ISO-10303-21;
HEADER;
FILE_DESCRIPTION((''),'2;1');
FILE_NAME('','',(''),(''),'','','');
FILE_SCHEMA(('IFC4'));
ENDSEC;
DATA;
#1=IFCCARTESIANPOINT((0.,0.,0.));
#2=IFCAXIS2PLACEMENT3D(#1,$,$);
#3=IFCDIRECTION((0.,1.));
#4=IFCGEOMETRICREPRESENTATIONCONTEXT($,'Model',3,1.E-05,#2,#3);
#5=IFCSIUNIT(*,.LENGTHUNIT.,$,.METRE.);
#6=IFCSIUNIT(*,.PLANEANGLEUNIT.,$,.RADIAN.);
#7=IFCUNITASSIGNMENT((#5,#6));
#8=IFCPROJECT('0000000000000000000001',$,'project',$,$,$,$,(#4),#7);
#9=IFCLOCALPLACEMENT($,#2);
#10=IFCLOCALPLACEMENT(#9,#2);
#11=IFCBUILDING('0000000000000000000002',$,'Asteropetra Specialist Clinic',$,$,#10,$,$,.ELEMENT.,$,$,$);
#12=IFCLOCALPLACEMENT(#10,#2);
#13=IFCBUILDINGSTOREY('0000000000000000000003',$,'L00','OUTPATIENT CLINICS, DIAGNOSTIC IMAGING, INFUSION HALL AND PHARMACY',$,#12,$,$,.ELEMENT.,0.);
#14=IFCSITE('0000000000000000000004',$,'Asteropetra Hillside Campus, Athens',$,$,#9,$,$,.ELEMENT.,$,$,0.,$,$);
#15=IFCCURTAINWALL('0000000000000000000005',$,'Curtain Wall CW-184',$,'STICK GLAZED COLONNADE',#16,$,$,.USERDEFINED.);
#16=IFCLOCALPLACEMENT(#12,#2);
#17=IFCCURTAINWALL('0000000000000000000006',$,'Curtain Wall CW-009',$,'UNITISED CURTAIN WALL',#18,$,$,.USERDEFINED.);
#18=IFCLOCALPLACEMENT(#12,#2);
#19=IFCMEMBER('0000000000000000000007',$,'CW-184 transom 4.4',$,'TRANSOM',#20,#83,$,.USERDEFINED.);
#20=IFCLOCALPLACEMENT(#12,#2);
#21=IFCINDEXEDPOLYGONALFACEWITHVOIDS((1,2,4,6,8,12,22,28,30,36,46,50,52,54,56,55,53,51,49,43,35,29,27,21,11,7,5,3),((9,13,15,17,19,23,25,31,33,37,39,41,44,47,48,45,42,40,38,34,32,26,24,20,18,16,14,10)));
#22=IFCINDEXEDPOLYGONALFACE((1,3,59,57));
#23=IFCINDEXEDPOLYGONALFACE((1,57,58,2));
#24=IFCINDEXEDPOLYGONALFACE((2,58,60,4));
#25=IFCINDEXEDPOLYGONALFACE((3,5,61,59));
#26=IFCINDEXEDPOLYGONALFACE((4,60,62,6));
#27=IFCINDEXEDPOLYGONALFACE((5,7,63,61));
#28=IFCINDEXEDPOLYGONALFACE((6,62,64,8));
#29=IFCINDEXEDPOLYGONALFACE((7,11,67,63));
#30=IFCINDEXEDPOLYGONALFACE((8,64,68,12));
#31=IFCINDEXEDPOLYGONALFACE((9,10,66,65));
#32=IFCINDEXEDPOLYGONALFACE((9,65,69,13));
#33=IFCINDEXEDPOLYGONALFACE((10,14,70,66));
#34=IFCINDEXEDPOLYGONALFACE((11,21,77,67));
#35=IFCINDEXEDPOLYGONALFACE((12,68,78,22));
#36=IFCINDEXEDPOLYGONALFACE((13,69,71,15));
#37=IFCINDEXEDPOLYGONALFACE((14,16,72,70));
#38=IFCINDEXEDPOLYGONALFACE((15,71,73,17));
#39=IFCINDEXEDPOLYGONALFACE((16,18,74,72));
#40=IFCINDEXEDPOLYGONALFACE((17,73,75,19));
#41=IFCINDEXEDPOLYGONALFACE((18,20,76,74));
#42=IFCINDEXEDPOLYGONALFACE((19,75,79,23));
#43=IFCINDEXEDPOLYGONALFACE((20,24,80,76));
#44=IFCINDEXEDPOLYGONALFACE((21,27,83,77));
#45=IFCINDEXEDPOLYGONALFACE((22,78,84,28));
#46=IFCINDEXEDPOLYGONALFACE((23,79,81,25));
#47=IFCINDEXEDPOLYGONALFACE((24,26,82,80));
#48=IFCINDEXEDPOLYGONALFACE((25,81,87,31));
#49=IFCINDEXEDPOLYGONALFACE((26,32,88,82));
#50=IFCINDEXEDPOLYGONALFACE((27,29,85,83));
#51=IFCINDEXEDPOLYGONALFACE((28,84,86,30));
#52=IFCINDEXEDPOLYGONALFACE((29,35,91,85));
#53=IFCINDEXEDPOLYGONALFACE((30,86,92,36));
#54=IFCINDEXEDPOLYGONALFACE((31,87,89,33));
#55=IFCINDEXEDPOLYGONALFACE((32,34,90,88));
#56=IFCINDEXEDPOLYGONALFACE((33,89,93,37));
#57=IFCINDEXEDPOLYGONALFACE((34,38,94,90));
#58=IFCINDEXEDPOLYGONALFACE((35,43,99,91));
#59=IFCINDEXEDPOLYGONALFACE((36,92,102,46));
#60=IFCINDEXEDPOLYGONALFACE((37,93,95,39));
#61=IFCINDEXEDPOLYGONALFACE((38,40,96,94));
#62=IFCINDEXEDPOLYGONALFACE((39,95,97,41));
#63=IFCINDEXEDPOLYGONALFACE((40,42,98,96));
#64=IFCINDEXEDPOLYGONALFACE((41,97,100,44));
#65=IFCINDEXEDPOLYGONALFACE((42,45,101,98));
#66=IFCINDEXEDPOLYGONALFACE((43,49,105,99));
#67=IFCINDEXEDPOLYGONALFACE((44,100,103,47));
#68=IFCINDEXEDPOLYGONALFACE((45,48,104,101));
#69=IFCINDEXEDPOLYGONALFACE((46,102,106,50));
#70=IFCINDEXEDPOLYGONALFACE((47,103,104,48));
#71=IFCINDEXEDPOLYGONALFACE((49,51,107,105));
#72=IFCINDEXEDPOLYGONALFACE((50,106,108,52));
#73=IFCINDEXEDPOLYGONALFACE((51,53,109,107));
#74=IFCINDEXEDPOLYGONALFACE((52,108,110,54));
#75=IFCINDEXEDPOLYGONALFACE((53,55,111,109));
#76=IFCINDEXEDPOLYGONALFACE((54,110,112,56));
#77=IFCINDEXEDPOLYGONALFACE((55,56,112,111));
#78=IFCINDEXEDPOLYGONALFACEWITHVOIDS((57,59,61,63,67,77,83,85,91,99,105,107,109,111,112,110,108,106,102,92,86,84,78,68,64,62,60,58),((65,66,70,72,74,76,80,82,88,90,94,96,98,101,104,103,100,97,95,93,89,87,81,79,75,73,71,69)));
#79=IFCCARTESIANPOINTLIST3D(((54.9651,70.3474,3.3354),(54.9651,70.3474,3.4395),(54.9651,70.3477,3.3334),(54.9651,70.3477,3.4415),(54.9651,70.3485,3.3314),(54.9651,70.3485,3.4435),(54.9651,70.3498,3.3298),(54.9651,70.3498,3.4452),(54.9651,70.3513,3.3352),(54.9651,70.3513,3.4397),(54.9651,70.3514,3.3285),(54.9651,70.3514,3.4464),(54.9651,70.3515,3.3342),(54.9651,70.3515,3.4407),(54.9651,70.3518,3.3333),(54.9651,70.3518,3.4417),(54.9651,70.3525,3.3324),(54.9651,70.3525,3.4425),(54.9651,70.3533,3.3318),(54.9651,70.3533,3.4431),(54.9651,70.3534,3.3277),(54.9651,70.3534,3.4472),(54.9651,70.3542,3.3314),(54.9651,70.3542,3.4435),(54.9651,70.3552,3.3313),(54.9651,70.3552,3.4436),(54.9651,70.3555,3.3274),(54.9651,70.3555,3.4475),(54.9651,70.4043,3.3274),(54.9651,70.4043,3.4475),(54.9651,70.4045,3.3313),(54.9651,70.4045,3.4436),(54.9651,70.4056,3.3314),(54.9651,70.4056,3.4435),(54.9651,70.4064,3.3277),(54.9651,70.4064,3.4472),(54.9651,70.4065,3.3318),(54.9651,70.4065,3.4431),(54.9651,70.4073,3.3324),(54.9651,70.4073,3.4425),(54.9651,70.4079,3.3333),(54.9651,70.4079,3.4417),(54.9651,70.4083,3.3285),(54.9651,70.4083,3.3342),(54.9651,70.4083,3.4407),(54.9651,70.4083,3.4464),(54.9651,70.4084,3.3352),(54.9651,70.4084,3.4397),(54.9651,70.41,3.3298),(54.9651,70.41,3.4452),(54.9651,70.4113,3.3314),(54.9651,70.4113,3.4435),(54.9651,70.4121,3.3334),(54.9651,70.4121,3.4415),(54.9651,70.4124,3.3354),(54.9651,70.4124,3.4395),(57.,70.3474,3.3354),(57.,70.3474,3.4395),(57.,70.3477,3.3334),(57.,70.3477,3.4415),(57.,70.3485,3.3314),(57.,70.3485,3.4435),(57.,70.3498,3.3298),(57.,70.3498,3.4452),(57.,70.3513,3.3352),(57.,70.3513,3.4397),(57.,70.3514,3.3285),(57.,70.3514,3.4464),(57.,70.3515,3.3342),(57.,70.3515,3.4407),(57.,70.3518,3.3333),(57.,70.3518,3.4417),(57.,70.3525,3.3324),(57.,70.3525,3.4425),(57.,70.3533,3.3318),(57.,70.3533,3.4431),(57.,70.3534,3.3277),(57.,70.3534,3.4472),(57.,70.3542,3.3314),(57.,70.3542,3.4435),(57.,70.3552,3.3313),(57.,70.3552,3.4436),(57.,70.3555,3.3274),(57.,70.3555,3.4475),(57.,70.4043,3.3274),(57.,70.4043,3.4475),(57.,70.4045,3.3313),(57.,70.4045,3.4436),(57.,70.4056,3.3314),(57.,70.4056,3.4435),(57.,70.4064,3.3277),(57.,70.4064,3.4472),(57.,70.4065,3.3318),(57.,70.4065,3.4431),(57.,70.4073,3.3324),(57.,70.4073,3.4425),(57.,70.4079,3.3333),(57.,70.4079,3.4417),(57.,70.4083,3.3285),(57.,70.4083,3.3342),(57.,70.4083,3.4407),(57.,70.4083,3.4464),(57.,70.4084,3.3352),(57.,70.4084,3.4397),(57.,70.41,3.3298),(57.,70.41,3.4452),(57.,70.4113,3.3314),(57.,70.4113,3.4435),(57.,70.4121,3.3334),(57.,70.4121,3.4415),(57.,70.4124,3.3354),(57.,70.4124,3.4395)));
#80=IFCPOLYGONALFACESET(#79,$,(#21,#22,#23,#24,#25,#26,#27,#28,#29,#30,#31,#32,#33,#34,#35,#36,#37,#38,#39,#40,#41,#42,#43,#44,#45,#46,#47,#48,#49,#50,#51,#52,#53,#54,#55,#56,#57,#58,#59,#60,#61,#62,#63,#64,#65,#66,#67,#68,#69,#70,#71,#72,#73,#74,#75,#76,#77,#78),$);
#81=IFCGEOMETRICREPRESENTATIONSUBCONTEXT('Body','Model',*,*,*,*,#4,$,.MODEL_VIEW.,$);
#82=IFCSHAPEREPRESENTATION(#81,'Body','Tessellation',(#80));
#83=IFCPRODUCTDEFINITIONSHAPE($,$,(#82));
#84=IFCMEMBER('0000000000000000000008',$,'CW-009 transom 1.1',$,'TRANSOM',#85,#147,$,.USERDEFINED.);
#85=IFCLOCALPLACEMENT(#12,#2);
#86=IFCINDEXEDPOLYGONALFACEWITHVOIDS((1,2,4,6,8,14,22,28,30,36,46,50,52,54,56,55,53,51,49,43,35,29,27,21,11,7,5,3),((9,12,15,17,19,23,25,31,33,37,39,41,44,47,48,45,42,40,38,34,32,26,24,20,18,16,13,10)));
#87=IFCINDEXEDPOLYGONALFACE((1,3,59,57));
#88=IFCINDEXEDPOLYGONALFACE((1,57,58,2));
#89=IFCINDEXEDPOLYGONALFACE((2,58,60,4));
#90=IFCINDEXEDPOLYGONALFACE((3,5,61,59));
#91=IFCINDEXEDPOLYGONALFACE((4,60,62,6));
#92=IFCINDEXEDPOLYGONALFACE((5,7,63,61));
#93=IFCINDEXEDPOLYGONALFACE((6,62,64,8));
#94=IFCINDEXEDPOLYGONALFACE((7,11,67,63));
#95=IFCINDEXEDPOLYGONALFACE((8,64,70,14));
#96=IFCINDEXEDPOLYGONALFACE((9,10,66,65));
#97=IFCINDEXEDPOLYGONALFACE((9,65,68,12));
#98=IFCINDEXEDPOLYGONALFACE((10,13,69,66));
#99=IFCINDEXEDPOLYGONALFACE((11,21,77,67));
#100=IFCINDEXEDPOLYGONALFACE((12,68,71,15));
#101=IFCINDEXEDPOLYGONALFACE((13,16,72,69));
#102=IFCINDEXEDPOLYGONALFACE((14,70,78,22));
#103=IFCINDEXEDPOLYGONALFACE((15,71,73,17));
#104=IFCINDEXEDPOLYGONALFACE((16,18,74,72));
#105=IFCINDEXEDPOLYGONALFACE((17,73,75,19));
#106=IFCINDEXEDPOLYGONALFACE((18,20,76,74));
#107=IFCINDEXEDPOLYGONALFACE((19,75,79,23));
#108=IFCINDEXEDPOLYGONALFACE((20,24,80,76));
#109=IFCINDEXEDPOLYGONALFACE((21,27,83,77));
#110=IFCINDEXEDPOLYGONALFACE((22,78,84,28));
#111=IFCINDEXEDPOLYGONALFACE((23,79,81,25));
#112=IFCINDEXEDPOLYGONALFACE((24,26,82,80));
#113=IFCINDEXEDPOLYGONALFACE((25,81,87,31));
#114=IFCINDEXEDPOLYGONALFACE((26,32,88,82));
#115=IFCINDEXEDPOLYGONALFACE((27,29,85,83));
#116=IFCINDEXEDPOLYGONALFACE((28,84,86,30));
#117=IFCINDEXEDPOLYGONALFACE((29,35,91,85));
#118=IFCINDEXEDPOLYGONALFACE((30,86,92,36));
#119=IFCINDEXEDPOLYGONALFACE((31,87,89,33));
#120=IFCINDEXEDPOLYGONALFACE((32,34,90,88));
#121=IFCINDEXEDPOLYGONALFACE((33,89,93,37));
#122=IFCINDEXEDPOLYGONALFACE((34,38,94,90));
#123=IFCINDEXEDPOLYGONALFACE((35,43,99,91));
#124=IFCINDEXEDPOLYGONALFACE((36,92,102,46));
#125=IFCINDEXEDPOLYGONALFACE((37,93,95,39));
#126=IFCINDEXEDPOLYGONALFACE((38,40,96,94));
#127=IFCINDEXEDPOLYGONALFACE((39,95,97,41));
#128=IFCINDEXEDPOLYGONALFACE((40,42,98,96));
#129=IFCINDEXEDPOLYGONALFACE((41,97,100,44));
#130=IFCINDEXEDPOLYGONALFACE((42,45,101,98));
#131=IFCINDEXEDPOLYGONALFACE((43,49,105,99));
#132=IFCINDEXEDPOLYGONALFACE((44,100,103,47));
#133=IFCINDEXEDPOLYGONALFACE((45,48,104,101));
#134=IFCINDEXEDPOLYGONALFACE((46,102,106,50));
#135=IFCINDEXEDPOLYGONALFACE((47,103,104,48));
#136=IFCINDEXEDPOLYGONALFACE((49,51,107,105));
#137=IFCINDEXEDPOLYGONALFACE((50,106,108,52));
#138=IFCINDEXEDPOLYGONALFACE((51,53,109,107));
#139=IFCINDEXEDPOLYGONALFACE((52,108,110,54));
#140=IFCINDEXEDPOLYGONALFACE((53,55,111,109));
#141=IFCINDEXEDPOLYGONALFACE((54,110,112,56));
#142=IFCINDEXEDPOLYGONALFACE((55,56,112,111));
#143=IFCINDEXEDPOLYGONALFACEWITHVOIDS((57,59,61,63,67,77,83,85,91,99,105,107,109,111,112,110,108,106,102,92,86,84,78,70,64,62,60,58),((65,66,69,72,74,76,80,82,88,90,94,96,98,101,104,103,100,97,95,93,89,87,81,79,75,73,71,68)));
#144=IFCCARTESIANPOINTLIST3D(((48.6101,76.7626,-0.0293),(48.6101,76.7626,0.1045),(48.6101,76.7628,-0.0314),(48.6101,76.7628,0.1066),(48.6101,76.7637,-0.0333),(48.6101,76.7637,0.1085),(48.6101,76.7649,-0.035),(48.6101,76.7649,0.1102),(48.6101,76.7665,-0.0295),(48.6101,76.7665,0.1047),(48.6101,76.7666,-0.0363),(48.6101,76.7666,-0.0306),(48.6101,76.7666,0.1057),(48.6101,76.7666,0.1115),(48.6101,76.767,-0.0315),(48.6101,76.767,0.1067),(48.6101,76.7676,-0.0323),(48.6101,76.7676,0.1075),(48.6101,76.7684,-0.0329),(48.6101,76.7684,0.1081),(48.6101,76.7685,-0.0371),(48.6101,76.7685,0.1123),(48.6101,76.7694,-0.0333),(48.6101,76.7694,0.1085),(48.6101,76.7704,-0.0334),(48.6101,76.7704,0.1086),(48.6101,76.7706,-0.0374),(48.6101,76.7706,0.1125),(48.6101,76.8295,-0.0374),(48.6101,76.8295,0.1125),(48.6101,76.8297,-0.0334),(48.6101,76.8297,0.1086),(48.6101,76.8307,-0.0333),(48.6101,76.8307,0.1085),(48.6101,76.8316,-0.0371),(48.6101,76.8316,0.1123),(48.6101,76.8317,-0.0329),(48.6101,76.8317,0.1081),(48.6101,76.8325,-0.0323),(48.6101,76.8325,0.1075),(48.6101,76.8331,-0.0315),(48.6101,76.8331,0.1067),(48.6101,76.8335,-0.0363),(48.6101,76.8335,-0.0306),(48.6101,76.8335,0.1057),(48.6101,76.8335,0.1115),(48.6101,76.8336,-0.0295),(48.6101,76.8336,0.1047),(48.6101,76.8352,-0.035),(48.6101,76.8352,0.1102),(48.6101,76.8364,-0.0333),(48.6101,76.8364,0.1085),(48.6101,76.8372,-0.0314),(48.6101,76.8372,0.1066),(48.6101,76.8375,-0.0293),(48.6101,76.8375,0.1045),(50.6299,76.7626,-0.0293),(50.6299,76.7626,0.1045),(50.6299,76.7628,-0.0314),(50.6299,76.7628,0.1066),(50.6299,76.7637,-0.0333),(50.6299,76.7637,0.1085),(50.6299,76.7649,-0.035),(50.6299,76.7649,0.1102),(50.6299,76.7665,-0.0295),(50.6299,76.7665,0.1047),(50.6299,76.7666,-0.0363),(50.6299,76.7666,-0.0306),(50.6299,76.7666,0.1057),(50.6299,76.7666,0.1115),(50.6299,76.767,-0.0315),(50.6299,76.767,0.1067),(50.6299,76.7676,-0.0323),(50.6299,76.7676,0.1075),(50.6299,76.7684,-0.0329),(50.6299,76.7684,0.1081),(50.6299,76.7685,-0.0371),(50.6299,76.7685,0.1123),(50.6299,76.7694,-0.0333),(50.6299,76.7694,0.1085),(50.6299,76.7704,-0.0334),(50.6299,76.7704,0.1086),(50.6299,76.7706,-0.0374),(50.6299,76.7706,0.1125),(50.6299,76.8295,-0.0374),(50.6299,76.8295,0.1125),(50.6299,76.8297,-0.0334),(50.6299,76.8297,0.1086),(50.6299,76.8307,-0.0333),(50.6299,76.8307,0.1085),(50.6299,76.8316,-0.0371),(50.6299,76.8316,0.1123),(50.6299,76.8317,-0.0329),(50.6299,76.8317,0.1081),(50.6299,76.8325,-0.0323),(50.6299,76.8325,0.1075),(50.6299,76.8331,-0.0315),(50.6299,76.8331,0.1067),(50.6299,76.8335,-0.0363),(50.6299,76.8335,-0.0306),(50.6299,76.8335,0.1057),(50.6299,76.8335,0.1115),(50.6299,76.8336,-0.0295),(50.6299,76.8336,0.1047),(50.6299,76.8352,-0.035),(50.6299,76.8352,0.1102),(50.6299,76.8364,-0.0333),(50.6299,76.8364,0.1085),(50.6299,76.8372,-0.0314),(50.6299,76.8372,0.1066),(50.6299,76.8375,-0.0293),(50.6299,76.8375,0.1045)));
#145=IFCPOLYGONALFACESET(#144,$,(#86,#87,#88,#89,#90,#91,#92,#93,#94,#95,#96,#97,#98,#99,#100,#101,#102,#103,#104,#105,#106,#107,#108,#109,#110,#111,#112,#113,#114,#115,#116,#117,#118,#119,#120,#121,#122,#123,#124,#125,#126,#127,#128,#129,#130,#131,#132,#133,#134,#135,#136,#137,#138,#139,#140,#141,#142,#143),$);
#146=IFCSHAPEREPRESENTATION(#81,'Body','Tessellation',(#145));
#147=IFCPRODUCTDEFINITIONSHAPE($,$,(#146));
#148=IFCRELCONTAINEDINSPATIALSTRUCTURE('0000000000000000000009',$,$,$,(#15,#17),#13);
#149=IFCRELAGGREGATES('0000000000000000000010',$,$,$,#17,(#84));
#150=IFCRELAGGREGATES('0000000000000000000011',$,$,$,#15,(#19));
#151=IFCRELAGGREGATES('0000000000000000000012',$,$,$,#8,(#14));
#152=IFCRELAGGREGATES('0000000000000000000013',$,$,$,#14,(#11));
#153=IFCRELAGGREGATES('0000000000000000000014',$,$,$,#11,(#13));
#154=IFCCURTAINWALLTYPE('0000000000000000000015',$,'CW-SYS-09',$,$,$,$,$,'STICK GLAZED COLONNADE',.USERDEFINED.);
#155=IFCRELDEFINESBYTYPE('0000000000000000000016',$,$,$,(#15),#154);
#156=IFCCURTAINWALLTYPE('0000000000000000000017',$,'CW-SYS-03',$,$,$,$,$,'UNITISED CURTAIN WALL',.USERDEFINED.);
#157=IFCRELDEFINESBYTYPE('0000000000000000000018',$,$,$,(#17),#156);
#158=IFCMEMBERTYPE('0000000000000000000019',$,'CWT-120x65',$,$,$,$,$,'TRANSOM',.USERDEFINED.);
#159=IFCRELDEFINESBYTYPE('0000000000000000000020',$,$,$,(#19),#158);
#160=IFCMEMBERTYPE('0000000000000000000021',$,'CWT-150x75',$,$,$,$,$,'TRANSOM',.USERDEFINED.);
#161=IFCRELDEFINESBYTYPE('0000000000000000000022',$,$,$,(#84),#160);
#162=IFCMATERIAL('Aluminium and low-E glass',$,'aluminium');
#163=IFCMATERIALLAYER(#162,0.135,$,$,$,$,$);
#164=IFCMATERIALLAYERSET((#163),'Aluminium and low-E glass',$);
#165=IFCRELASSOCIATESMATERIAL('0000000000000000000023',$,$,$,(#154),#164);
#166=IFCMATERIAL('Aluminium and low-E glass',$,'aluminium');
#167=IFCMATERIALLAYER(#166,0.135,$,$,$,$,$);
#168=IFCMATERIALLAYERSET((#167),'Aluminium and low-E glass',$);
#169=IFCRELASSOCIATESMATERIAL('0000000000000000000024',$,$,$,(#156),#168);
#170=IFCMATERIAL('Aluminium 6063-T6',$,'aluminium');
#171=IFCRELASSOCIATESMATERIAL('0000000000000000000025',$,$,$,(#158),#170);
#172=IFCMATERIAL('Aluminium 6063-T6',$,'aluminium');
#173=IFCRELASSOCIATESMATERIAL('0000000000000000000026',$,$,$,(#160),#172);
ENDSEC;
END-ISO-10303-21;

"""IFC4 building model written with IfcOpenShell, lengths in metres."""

from ifc_helpers import new_model, si_unit, direction, frame, origin, origin_2d, place, context, subcontext, project, spatial, hollow_rectangle, extrude, material, layer, layer_set, material_profile, profile_set, type_object, element, aggregate, save


model = new_model("IFC4")

# Units and contexts
model_context = context("Model", 3, precision=1e-05, world=origin(), true_north=direction((0.0, 1.0)))
body_context = subcontext(model_context, "Body", "Model", "MODEL_VIEW")
ifc_project = project(units=[si_unit("LENGTHUNIT", "METRE"), si_unit("PLANEANGLEUNIT", "RADIAN")], contexts=[model_context])

# Site, building, storey
site_placement = place(None, origin())
site = spatial("IfcSite", under=ifc_project, at=site_placement, Name="Asteropetra Hillside Campus, Athens", CompositionType="ELEMENT", RefElevation=0.0)
building_placement = place(site_placement, origin())
building = spatial("IfcBuilding", under=site, at=building_placement, Name="Asteropetra Specialist Clinic", CompositionType="ELEMENT")
storey_placement = place(building_placement, origin())
storey = spatial("IfcBuildingStorey", under=building, at=storey_placement, Name="L00", Description="OUTPATIENT CLINICS, DIAGNOSTIC IMAGING, INFUSION HALL AND PHARMACY", CompositionType="ELEMENT", Elevation=0.0)

# Curtain wall
ifc_material_1 = material(Name="Aluminium and low-E glass", Category="aluminium")
ifc_layer_1 = layer(ifc_material_1, 0.135)
ifc_layer_set_1 = layer_set([ifc_layer_1], Name="Aluminium and low-E glass")
curtain_wall_type_1 = type_object("IfcCurtainWallType", Name="CW-SYS-09", ElementType="STICK GLAZED COLONNADE", PredefinedType="USERDEFINED", material=ifc_layer_set_1)
curtain_wall_1_placement = place(storey_placement, origin())
curtain_wall_1 = element("IfcCurtainWall", 1, at=curtain_wall_1_placement, inside=storey, type_object=curtain_wall_type_1, Name="Curtain Wall CW-184", ObjectType="STICK GLAZED COLONNADE", PredefinedType="USERDEFINED")

# Curtain wall
ifc_material_2 = material(Name="Aluminium and low-E glass", Category="aluminium")
ifc_layer_2 = layer(ifc_material_2, 0.135)
ifc_layer_set_2 = layer_set([ifc_layer_2], Name="Aluminium and low-E glass")
curtain_wall_type_2 = type_object("IfcCurtainWallType", Name="CW-SYS-03", ElementType="UNITISED CURTAIN WALL", PredefinedType="USERDEFINED", material=ifc_layer_set_2)
curtain_wall_2_placement = place(storey_placement, origin())
curtain_wall_2 = element("IfcCurtainWall", 2, at=curtain_wall_2_placement, inside=storey, type_object=curtain_wall_type_2, Name="Curtain Wall CW-009", ObjectType="UNITISED CURTAIN WALL", PredefinedType="USERDEFINED")

# Members
ifc_material_3 = material(Name="Aluminium 6063-T6", Category="aluminium")
ifc_material_profile_1 = material_profile(ifc_material_3, hollow_rectangle(XDim=0.0649, YDim=0.1201, WallThickness=0.0039, InnerFilletRadius=0.0039, OuterFilletRadius=0.0081, at=origin_2d()), Name="TRN 120x65x4.0")
ifc_profile_set_1 = profile_set([ifc_material_profile_1], Name="Aluminium 6063-T6")
member_type_1 = type_object("IfcMemberType", Name="CWT-120x65", ElementType="TRANSOM", PredefinedType="USERDEFINED", material=ifc_profile_set_1)
member_1_placement = place(storey_placement, frame((54.9651, 70.3799, 3.3875), z_axis=(1.0, 0.0, 0.0), x_axis=(0.0, 1.0, 0.0)))
member_1 = element("IfcMember", 3, at=member_1_placement, type_object=member_type_1, Name="CW-184 transom 4.4", ObjectType="TRANSOM", PredefinedType="USERDEFINED", context=body_context, shape_type="SweptSolid", body=[
    extrude(hollow_rectangle(XDim=0.0649, YDim=0.1201, WallThickness=0.0039, InnerFilletRadius=0.0039, OuterFilletRadius=0.0081, at=origin_2d()), origin(), (0.0, 0.0, 1.0), 2.0349),
])
ifc_material_4 = material(Name="Aluminium 6063-T6", Category="aluminium")
ifc_material_profile_2 = material_profile(ifc_material_4, hollow_rectangle(XDim=0.075, YDim=0.1499, WallThickness=0.0039, InnerFilletRadius=0.0039, OuterFilletRadius=0.0081, at=origin_2d()), Name="TRN 150x75x4.0")
ifc_profile_set_2 = profile_set([ifc_material_profile_2], Name="Aluminium 6063-T6")
member_type_2 = type_object("IfcMemberType", Name="CWT-150x75", ElementType="TRANSOM", PredefinedType="USERDEFINED", material=ifc_profile_set_2)
member_2_placement = place(storey_placement, frame((48.6101, 76.8, 0.0376), z_axis=(1.0, 0.0, 0.0), x_axis=(0.0, 1.0, 0.0)))
member_2 = element("IfcMember", 4, at=member_2_placement, type_object=member_type_2, Name="CW-009 transom 1.1", ObjectType="TRANSOM", PredefinedType="USERDEFINED", context=body_context, shape_type="SweptSolid", body=[
    extrude(hollow_rectangle(XDim=0.075, YDim=0.1499, WallThickness=0.0039, InnerFilletRadius=0.0039, OuterFilletRadius=0.0081, at=origin_2d()), origin(), (0.0, 0.0, 1.0), 2.0198),
])
aggregate(curtain_wall_2, [member_2])

aggregate(curtain_wall_1, [member_1])

save(model, "model.ifc")
